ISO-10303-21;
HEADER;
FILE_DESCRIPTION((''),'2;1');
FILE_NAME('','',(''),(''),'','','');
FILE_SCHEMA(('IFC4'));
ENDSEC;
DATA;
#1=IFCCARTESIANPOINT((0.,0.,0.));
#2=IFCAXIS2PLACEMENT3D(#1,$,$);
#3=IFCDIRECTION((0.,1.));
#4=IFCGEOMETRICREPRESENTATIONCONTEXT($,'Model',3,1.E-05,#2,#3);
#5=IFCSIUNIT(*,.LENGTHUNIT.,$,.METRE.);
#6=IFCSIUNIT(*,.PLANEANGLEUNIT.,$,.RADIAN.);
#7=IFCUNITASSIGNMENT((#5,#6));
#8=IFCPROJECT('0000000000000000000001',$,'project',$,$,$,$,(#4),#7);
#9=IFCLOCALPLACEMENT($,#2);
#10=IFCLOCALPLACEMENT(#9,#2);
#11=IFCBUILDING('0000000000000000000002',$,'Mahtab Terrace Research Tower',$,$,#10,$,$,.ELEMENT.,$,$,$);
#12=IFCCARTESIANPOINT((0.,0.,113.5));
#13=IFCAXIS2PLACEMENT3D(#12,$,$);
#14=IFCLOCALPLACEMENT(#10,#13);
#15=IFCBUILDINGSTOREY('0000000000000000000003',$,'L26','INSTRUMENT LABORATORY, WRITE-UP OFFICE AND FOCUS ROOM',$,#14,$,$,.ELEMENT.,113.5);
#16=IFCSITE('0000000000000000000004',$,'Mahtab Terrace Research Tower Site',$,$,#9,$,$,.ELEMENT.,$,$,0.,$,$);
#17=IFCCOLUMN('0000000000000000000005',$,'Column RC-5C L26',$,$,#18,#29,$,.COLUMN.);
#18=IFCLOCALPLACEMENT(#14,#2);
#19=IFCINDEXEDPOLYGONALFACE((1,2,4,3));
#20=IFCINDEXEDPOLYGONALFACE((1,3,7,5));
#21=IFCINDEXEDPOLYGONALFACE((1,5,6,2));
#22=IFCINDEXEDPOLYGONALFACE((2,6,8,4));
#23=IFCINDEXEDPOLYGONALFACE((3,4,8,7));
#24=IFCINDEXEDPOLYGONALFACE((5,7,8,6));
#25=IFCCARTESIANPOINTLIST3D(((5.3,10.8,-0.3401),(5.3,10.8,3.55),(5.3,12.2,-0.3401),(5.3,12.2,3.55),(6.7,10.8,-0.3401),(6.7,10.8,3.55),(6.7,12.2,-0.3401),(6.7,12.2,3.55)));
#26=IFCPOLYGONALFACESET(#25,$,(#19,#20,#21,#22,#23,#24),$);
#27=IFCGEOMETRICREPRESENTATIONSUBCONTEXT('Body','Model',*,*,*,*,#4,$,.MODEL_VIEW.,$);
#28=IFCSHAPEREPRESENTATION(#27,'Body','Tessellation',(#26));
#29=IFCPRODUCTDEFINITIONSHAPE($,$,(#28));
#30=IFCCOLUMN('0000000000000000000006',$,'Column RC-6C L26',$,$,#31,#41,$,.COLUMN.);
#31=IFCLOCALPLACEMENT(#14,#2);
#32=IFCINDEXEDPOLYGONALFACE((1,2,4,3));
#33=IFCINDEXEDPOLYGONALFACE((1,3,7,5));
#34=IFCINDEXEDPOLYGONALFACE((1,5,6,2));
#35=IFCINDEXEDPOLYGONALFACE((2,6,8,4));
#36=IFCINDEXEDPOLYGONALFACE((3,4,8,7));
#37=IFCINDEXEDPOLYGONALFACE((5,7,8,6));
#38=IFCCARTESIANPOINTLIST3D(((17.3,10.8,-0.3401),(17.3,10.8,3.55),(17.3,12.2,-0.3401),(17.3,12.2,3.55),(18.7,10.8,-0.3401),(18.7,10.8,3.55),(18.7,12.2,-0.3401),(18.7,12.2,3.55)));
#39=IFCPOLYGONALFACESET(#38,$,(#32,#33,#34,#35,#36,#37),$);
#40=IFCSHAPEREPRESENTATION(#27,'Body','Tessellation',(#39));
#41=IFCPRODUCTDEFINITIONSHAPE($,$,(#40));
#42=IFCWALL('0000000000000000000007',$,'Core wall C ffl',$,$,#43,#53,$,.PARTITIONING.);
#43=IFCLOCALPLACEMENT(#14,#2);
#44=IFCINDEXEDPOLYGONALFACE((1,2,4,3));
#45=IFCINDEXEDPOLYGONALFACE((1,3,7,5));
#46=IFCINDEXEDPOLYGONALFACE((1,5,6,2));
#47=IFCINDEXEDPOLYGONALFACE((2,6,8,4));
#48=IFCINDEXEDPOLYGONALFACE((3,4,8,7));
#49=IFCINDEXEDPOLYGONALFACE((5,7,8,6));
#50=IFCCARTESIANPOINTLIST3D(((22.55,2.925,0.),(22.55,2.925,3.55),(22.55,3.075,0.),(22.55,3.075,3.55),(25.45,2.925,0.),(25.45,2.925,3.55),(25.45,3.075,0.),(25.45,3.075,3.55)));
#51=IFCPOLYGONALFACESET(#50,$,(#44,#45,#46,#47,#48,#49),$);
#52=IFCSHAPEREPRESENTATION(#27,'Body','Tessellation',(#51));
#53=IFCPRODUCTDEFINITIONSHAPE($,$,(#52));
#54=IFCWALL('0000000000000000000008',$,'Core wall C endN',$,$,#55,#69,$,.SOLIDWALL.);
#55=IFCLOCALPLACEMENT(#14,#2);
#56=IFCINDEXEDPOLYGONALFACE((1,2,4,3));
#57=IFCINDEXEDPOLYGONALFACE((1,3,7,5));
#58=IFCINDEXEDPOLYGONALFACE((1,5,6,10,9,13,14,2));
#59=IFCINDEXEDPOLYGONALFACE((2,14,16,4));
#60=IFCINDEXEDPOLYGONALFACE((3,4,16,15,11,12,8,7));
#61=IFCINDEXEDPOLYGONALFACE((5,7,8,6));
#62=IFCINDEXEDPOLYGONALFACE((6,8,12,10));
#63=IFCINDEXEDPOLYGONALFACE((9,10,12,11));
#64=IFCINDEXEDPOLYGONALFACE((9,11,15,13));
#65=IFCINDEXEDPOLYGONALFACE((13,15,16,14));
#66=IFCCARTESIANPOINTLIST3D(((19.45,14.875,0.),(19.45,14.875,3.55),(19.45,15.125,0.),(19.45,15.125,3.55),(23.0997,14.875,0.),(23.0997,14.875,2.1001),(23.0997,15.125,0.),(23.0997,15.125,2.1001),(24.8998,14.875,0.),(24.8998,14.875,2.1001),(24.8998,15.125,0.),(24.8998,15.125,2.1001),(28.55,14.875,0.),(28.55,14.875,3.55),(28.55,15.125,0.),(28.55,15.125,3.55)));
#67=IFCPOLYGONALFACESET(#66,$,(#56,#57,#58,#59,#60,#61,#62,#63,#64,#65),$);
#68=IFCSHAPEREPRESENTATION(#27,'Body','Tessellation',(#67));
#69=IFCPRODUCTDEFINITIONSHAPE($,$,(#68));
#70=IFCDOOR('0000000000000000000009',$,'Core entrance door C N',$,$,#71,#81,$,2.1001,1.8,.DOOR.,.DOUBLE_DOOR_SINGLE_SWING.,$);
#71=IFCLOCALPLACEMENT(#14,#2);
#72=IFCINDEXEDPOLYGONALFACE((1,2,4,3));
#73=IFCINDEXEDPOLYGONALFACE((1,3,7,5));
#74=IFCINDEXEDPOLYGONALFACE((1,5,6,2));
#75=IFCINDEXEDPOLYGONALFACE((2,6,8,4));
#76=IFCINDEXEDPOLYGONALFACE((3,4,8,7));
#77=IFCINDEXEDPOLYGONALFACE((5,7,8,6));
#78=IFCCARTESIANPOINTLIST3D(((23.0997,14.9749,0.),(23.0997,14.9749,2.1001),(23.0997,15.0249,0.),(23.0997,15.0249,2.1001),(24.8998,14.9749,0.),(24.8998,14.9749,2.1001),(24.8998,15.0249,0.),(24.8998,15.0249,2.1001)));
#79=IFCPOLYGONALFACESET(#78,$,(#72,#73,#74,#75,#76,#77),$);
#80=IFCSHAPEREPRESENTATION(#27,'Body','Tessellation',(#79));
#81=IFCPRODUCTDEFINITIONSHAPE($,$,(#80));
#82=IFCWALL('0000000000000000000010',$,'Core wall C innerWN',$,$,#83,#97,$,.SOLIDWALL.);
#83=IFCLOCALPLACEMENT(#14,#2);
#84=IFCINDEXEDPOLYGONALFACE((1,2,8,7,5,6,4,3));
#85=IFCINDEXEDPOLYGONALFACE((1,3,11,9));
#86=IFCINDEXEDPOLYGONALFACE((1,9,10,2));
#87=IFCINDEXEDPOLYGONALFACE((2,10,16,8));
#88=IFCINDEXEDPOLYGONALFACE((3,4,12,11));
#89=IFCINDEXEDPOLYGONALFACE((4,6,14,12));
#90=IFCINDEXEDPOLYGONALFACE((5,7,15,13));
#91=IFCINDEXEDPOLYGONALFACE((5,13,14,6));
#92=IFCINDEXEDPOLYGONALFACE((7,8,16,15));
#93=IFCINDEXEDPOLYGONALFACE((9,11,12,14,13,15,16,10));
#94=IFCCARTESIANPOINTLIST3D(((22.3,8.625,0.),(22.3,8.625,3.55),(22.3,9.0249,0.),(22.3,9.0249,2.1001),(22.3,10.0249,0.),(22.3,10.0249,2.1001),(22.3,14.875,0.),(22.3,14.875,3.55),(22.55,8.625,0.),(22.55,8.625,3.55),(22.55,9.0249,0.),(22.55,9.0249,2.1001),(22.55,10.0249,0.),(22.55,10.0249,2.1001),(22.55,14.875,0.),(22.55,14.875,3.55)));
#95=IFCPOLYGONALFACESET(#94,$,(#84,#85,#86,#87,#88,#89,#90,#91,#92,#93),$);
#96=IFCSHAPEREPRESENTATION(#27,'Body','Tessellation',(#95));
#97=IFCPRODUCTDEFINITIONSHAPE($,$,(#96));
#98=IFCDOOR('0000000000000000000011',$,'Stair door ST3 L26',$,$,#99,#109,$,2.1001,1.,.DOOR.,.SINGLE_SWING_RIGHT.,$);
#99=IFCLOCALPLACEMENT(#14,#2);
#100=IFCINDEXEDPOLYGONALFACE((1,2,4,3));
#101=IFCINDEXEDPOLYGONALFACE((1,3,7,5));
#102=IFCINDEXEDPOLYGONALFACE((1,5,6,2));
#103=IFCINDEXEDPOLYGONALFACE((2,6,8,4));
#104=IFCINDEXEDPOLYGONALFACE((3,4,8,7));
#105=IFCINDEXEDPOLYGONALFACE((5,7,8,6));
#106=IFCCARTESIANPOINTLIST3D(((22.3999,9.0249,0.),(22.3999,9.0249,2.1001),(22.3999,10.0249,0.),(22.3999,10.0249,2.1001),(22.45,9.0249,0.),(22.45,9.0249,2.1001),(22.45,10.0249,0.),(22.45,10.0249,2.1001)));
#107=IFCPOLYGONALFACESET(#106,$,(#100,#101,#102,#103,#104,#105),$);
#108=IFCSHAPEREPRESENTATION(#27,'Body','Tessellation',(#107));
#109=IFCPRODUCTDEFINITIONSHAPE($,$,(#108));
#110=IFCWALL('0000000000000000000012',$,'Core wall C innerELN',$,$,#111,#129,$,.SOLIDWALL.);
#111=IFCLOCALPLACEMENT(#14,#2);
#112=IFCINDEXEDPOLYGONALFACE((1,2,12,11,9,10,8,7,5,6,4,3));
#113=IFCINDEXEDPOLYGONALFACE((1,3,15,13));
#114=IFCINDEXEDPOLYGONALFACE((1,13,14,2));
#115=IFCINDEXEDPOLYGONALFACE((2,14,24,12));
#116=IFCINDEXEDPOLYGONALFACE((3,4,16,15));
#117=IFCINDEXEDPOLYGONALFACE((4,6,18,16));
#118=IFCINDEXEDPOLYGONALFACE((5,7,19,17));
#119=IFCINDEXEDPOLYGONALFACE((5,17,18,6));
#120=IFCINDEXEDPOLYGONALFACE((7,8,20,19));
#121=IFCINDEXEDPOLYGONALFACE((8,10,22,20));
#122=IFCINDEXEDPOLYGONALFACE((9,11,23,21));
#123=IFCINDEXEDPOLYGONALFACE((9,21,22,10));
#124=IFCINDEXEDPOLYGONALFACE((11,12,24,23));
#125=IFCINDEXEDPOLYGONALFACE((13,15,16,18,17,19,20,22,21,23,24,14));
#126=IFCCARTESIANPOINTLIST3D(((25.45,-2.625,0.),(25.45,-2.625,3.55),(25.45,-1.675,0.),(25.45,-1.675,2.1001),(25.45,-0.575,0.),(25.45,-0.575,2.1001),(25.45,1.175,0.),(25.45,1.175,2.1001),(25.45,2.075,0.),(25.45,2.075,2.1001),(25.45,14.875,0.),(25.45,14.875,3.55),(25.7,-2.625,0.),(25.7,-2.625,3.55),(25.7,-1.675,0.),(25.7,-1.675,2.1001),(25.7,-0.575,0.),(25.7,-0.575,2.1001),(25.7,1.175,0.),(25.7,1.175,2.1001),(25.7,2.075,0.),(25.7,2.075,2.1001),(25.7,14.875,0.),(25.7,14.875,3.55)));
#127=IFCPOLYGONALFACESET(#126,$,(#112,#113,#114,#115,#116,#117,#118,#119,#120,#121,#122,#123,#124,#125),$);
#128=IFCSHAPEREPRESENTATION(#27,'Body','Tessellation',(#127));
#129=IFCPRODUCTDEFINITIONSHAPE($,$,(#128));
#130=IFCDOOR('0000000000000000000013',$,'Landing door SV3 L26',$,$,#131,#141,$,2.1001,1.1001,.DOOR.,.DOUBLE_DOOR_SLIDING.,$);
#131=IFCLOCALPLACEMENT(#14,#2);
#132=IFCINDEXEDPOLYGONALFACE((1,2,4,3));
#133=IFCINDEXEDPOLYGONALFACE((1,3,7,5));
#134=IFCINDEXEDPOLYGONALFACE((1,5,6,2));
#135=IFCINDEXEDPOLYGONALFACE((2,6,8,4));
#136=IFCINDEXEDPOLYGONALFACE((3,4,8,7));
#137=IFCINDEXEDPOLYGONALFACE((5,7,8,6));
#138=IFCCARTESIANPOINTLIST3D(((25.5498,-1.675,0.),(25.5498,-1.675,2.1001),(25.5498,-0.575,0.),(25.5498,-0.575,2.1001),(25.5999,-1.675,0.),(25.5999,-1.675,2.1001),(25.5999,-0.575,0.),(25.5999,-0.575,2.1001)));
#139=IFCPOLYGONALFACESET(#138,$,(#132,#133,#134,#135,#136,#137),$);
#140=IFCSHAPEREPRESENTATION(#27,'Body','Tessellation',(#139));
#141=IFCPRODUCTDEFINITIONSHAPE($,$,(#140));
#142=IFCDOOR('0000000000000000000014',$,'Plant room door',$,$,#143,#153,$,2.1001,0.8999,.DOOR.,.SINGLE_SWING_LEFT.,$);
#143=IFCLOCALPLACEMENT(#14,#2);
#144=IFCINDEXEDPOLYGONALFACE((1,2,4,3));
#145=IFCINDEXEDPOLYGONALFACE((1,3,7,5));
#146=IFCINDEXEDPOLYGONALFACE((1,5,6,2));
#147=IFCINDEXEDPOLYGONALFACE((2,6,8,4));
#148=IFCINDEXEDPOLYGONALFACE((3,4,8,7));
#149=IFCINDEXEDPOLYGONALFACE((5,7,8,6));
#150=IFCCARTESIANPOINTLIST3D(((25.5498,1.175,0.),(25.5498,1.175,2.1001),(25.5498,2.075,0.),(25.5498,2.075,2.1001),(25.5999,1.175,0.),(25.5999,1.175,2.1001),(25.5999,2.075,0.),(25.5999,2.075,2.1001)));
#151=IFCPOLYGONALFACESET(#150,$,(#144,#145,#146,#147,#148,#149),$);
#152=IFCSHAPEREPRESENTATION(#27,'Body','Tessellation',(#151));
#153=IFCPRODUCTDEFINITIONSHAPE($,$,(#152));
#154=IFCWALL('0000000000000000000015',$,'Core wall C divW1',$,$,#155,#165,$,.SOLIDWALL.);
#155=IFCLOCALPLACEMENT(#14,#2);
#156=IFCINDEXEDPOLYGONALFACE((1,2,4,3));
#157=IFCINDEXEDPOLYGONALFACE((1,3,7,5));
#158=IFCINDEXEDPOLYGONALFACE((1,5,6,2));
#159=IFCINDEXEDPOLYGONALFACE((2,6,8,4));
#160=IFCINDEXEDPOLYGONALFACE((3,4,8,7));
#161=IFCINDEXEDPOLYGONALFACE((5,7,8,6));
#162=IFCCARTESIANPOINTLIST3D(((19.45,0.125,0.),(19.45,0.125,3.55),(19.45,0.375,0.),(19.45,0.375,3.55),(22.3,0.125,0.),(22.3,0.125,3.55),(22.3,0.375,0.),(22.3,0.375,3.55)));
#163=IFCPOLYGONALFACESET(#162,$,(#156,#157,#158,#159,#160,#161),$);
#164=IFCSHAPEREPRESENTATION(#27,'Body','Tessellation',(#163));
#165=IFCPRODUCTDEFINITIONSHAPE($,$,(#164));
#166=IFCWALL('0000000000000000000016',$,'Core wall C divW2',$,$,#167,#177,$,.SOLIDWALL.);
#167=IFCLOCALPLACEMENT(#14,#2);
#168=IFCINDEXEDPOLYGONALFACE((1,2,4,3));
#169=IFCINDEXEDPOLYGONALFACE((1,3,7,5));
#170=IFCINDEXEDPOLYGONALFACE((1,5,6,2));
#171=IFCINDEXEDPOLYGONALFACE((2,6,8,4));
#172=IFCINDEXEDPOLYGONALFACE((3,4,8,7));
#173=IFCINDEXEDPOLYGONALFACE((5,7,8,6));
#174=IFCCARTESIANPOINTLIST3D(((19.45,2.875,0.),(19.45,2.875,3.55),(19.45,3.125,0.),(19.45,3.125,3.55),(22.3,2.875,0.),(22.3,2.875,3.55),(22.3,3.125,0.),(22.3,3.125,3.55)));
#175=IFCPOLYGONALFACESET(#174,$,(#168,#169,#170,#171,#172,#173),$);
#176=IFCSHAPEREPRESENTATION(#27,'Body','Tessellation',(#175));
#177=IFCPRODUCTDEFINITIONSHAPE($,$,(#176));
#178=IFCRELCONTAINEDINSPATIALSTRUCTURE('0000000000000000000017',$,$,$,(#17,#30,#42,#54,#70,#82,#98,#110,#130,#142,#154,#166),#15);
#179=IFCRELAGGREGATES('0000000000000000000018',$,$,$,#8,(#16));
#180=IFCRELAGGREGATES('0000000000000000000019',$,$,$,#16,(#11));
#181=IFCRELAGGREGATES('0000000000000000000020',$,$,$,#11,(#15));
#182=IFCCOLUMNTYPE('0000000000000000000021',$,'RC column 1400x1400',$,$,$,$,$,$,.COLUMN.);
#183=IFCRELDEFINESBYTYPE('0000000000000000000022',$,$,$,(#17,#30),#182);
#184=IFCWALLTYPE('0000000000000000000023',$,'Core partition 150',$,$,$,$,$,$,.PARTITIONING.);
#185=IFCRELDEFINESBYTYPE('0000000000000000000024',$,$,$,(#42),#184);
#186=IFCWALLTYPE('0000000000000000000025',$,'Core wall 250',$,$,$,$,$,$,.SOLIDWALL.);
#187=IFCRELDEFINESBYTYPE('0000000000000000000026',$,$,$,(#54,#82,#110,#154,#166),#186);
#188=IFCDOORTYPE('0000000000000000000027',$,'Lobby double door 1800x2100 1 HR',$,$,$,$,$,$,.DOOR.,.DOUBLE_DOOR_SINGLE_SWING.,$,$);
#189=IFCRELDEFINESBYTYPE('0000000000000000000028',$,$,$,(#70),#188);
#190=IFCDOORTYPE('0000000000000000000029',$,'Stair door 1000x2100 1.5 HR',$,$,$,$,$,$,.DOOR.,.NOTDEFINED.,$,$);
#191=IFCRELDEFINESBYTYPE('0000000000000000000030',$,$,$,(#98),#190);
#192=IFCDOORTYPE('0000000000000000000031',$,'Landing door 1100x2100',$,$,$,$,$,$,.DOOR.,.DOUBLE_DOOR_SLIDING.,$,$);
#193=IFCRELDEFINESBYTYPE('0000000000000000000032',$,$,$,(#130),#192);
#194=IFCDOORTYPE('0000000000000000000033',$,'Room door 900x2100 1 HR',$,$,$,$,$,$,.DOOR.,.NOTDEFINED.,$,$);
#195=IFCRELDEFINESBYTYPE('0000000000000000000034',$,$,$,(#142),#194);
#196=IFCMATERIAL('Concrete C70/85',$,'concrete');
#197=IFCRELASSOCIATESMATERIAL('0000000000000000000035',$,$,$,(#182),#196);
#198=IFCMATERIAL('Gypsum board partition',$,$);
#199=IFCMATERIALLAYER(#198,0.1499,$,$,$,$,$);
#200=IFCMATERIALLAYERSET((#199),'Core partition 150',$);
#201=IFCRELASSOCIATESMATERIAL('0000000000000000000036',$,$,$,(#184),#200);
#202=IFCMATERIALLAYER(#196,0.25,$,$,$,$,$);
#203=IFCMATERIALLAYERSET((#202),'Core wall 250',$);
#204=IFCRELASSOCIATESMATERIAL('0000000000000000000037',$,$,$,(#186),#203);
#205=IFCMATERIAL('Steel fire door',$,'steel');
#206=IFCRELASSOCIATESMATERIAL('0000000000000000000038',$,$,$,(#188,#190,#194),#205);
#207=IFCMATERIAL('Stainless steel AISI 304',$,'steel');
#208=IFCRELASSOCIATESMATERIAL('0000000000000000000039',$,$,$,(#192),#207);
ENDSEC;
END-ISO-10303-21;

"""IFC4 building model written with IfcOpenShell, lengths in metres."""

from ifc_helpers import new_model, si_unit, direction, frame, frame_2d, origin, origin_2d, place, context, subcontext, project, spatial, rectangle, extrude, material, layer, layer_set, material_profile, profile_set, type_object, element, fill, save


model = new_model("IFC4")

# Units and contexts
model_context = context("Model", 3, precision=1e-05, world=origin(), true_north=direction((0.0, 1.0)))
body_context = subcontext(model_context, "Body", "Model", "MODEL_VIEW")
ifc_project = project(units=[si_unit("LENGTHUNIT", "METRE"), si_unit("PLANEANGLEUNIT", "RADIAN")], contexts=[model_context])

# Site, building, storey
site_placement = place(None, origin())
site = spatial("IfcSite", under=ifc_project, at=site_placement, Name="Mahtab Terrace Research Tower Site", CompositionType="ELEMENT", RefElevation=0.0)
building_placement = place(site_placement, origin())
building = spatial("IfcBuilding", under=site, at=building_placement, Name="Mahtab Terrace Research Tower", CompositionType="ELEMENT")
storey_placement = place(building_placement, frame((0.0, 0.0, 113.5)))
storey = spatial("IfcBuildingStorey", under=building, at=storey_placement, Name="L26", Description="INSTRUMENT LABORATORY, WRITE-UP OFFICE AND FOCUS ROOM", CompositionType="ELEMENT", Elevation=113.5)

# Columns
ifc_material_1 = material(Name="Concrete C70/85", Category="concrete")
ifc_material_profile = material_profile(ifc_material_1, rectangle(XDim=1.3999, YDim=1.3999, at=origin_2d()), Name="RC column 1400x1400")
ifc_profile_set = profile_set([ifc_material_profile], Name="Concrete C70/85")
column_type = type_object("IfcColumnType", Name="RC column 1400x1400", PredefinedType="COLUMN", material=ifc_profile_set)
for number, where, z_axis, x_axis, name in (
    (1, (6.0, 11.5, -0.3401), (0.0, 0.0, 1.0), (1.0, 0.0, 0.0), "Column RC-5C L26"),
    (2, (18.0, 11.5, -0.3401), (0.0, 0.0, 1.0), (1.0, 0.0, 0.0), "Column RC-6C L26"),
):
    element("IfcColumn", number, at=place(storey_placement, frame(where, z_axis=z_axis, x_axis=x_axis)), inside=storey, type_object=column_type, Name=name, PredefinedType="COLUMN", context=body_context, shape_type="SweptSolid", body=[
        extrude(rectangle(XDim=1.3999, YDim=1.3999, at=origin_2d()), origin(), (0.0, 0.0, 1.0), 3.8901),
    ])

# Wall
ifc_material_2 = material(Name="Gypsum board partition")
ifc_layer_1 = layer(ifc_material_2, 0.1499)
ifc_layer_set_1 = layer_set([ifc_layer_1], Name="Core partition 150")
wall_type_1 = type_object("IfcWallType", Name="Core partition 150", PredefinedType="PARTITIONING", material=ifc_layer_set_1)
wall_1_placement = place(storey_placement, frame((22.55, 3.0, 0.0), z_axis=(0.0, 0.0, 1.0), x_axis=(1.0, 0.0, 0.0)))
element("IfcWall", 3, at=wall_1_placement, inside=storey, type_object=wall_type_1, Name="Core wall C ffl", PredefinedType="PARTITIONING", context=body_context, shape_type="SweptSolid", body=[
    extrude(rectangle(XDim=2.8999, YDim=0.1499, at=frame_2d((1.45, 0.0))), origin(), (0.0, 0.0, 1.0), 3.55),
])

# Walls, openings, doors
ifc_layer_2 = layer(ifc_material_1, 0.25)
ifc_layer_set_2 = layer_set([ifc_layer_2], Name="Core wall 250")
wall_type_2 = type_object("IfcWallType", Name="Core wall 250", PredefinedType="SOLIDWALL", material=ifc_layer_set_2)
wall_2_placement = place(storey_placement, frame((19.45, 15.0, 0.0), z_axis=(0.0, 0.0, 1.0), x_axis=(1.0, 0.0, 0.0)))
wall_2 = element("IfcWall", 4, at=wall_2_placement, inside=storey, type_object=wall_type_2, Name="Core wall C endN", PredefinedType="SOLIDWALL", context=body_context, shape_type="SweptSolid", body=[
    extrude(rectangle(XDim=9.1001, YDim=0.25, at=frame_2d((4.55, 0.0))), origin(), (0.0, 0.0, 1.0), 3.55),
])
opening_1_placement = place(wall_2_placement, frame((3.6499, 0.0, 0.0)))
opening_1 = element("IfcOpeningElement", 5, at=opening_1_placement, cuts=wall_2, PredefinedType="OPENING", context=body_context, shape_type="SweptSolid", body=[
    extrude(rectangle(XDim=1.8, YDim=2.1001, at=frame_2d((0.8999, 1.05))), frame((0.0, 0.135, 0.0), z_axis=(0.0, -1.0, 0.0), x_axis=(1.0, 0.0, 0.0)), (0.0, 0.0, 1.0), 0.27),
])
ifc_material_3 = material(Name="Steel fire door", Category="steel")
door_type_1 = type_object("IfcDoorType", Name="Lobby double door 1800x2100 1 HR", OperationType="DOUBLE_DOOR_SINGLE_SWING", PredefinedType="DOOR", material=ifc_material_3)
door_1_placement = place(opening_1_placement, origin())
door_1 = element("IfcDoor", 6, at=door_1_placement, inside=storey, type_object=door_type_1, Name="Core entrance door C N", OperationType="DOUBLE_DOOR_SINGLE_SWING", OverallHeight=2.1001, OverallWidth=1.8, PredefinedType="DOOR", context=body_context, shape_type="SweptSolid", body=[
    extrude(rectangle(XDim=1.8, YDim=2.1001, at=frame_2d((0.8999, 1.05))), frame((0.0, 0.0249, 0.0), z_axis=(0.0, -1.0, 0.0), x_axis=(1.0, 0.0, 0.0)), (0.0, 0.0, 1.0), 0.05),
])
fill(opening_1, door_1)
wall_3_placement = place(storey_placement, frame((22.425, 14.875, 0.0), z_axis=(0.0, 0.0, 1.0), x_axis=(0.0, -1.0, 0.0)))
wall_3 = element("IfcWall", 7, at=wall_3_placement, inside=storey, type_object=wall_type_2, Name="Core wall C innerWN", PredefinedType="SOLIDWALL", context=body_context, shape_type="SweptSolid", body=[
    extrude(rectangle(XDim=6.25, YDim=0.25, at=frame_2d((3.125, 0.0))), origin(), (0.0, 0.0, 1.0), 3.55),
])
opening_2_placement = place(wall_3_placement, frame((4.8501, 0.0, 0.0)))
opening_2 = element("IfcOpeningElement", 8, at=opening_2_placement, cuts=wall_3, PredefinedType="OPENING", context=body_context, shape_type="SweptSolid", body=[
    extrude(rectangle(XDim=1.0, YDim=2.1001, at=frame_2d((0.5, 1.05))), frame((0.0, 0.135, 0.0), z_axis=(0.0, -1.0, 0.0), x_axis=(1.0, 0.0, 0.0)), (0.0, 0.0, 1.0), 0.27),
])
door_type_2 = type_object("IfcDoorType", Name="Stair door 1000x2100 1.5 HR", OperationType="NOTDEFINED", PredefinedType="DOOR", material=ifc_material_3)
door_2_placement = place(opening_2_placement, origin())
door_2 = element("IfcDoor", 9, at=door_2_placement, inside=storey, type_object=door_type_2, Name="Stair door ST3 L26", OperationType="SINGLE_SWING_RIGHT", OverallHeight=2.1001, OverallWidth=1.0, PredefinedType="DOOR", context=body_context, shape_type="SweptSolid", body=[
    extrude(rectangle(XDim=1.0, YDim=2.1001, at=frame_2d((0.5, 1.05))), frame((0.0, 0.0249, 0.0), z_axis=(0.0, -1.0, 0.0), x_axis=(1.0, 0.0, 0.0)), (0.0, 0.0, 1.0), 0.05),
])
fill(opening_2, door_2)

# Wall, openings, doors
wall_4_placement = place(storey_placement, frame((25.575, 14.875, 0.0), z_axis=(0.0, 0.0, 1.0), x_axis=(0.0, -1.0, 0.0)))
wall_4 = element("IfcWall", 10, at=wall_4_placement, inside=storey, type_object=wall_type_2, Name="Core wall C innerELN", PredefinedType="SOLIDWALL", context=body_context, shape_type="SweptSolid", body=[
    extrude(rectangle(XDim=17.5, YDim=0.25, at=frame_2d((8.75, 0.0))), origin(), (0.0, 0.0, 1.0), 3.55),
])
opening_3_placement = place(wall_4_placement, frame((15.45, 0.0, 0.0)))
opening_3 = element("IfcOpeningElement", 11, at=opening_3_placement, cuts=wall_4, PredefinedType="OPENING", context=body_context, shape_type="SweptSolid", body=[
    extrude(rectangle(XDim=1.1001, YDim=2.1001, at=frame_2d((0.55, 1.05))), frame((0.0, 0.135, 0.0), z_axis=(0.0, -1.0, 0.0), x_axis=(1.0, 0.0, 0.0)), (0.0, 0.0, 1.0), 0.27),
])
opening_4_placement = place(wall_4_placement, frame((12.8, 0.0, 0.0)))
opening_4 = element("IfcOpeningElement", 12, at=opening_4_placement, cuts=wall_4, PredefinedType="OPENING", context=body_context, shape_type="SweptSolid", body=[
    extrude(rectangle(XDim=0.8999, YDim=2.1001, at=frame_2d((0.45, 1.05))), frame((0.0, 0.135, 0.0), z_axis=(0.0, -1.0, 0.0), x_axis=(1.0, 0.0, 0.0)), (0.0, 0.0, 1.0), 0.27),
])
ifc_material_4 = material(Name="Stainless steel AISI 304", Category="steel")
door_type_3 = type_object("IfcDoorType", Name="Landing door 1100x2100", OperationType="DOUBLE_DOOR_SLIDING", PredefinedType="DOOR", material=ifc_material_4)
door_3_placement = place(opening_3_placement, origin())
door_3 = element("IfcDoor", 13, at=door_3_placement, inside=storey, type_object=door_type_3, Name="Landing door SV3 L26", OperationType="DOUBLE_DOOR_SLIDING", OverallHeight=2.1001, OverallWidth=1.1001, PredefinedType="DOOR", context=body_context, shape_type="SweptSolid", body=[
    extrude(rectangle(XDim=1.1001, YDim=2.1001, at=frame_2d((0.55, 1.05))), frame((0.0, 0.0249, 0.0), z_axis=(0.0, -1.0, 0.0), x_axis=(1.0, 0.0, 0.0)), (0.0, 0.0, 1.0), 0.05),
])
fill(opening_3, door_3)
door_type_4 = type_object("IfcDoorType", Name="Room door 900x2100 1 HR", OperationType="NOTDEFINED", PredefinedType="DOOR", material=ifc_material_3)
door_4_placement = place(opening_4_placement, origin())
door_4 = element("IfcDoor", 14, at=door_4_placement, inside=storey, type_object=door_type_4, Name="Plant room door", OperationType="SINGLE_SWING_LEFT", OverallHeight=2.1001, OverallWidth=0.8999, PredefinedType="DOOR", context=body_context, shape_type="SweptSolid", body=[
    extrude(rectangle(XDim=0.8999, YDim=2.1001, at=frame_2d((0.45, 1.05))), frame((0.0, 0.0249, 0.0), z_axis=(0.0, -1.0, 0.0), x_axis=(1.0, 0.0, 0.0)), (0.0, 0.0, 1.0), 0.05),
])
fill(opening_4, door_4)

# Walls
for number, where, z_axis, x_axis, name in (
    (15, (19.45, 0.25, 0.0), (0.0, 0.0, 1.0), (1.0, 0.0, 0.0), "Core wall C divW1"),
    (16, (19.45, 3.0, 0.0), (0.0, 0.0, 1.0), (1.0, 0.0, 0.0), "Core wall C divW2"),
):
    element("IfcWall", number, at=place(storey_placement, frame(where, z_axis=z_axis, x_axis=x_axis)), inside=storey, type_object=wall_type_2, Name=name, PredefinedType="SOLIDWALL", context=body_context, shape_type="SweptSolid", body=[
        extrude(rectangle(XDim=2.8501, YDim=0.25, at=frame_2d((1.425, 0.0))), origin(), (0.0, 0.0, 1.0), 3.55),
    ])

save(model, "model.ifc")
